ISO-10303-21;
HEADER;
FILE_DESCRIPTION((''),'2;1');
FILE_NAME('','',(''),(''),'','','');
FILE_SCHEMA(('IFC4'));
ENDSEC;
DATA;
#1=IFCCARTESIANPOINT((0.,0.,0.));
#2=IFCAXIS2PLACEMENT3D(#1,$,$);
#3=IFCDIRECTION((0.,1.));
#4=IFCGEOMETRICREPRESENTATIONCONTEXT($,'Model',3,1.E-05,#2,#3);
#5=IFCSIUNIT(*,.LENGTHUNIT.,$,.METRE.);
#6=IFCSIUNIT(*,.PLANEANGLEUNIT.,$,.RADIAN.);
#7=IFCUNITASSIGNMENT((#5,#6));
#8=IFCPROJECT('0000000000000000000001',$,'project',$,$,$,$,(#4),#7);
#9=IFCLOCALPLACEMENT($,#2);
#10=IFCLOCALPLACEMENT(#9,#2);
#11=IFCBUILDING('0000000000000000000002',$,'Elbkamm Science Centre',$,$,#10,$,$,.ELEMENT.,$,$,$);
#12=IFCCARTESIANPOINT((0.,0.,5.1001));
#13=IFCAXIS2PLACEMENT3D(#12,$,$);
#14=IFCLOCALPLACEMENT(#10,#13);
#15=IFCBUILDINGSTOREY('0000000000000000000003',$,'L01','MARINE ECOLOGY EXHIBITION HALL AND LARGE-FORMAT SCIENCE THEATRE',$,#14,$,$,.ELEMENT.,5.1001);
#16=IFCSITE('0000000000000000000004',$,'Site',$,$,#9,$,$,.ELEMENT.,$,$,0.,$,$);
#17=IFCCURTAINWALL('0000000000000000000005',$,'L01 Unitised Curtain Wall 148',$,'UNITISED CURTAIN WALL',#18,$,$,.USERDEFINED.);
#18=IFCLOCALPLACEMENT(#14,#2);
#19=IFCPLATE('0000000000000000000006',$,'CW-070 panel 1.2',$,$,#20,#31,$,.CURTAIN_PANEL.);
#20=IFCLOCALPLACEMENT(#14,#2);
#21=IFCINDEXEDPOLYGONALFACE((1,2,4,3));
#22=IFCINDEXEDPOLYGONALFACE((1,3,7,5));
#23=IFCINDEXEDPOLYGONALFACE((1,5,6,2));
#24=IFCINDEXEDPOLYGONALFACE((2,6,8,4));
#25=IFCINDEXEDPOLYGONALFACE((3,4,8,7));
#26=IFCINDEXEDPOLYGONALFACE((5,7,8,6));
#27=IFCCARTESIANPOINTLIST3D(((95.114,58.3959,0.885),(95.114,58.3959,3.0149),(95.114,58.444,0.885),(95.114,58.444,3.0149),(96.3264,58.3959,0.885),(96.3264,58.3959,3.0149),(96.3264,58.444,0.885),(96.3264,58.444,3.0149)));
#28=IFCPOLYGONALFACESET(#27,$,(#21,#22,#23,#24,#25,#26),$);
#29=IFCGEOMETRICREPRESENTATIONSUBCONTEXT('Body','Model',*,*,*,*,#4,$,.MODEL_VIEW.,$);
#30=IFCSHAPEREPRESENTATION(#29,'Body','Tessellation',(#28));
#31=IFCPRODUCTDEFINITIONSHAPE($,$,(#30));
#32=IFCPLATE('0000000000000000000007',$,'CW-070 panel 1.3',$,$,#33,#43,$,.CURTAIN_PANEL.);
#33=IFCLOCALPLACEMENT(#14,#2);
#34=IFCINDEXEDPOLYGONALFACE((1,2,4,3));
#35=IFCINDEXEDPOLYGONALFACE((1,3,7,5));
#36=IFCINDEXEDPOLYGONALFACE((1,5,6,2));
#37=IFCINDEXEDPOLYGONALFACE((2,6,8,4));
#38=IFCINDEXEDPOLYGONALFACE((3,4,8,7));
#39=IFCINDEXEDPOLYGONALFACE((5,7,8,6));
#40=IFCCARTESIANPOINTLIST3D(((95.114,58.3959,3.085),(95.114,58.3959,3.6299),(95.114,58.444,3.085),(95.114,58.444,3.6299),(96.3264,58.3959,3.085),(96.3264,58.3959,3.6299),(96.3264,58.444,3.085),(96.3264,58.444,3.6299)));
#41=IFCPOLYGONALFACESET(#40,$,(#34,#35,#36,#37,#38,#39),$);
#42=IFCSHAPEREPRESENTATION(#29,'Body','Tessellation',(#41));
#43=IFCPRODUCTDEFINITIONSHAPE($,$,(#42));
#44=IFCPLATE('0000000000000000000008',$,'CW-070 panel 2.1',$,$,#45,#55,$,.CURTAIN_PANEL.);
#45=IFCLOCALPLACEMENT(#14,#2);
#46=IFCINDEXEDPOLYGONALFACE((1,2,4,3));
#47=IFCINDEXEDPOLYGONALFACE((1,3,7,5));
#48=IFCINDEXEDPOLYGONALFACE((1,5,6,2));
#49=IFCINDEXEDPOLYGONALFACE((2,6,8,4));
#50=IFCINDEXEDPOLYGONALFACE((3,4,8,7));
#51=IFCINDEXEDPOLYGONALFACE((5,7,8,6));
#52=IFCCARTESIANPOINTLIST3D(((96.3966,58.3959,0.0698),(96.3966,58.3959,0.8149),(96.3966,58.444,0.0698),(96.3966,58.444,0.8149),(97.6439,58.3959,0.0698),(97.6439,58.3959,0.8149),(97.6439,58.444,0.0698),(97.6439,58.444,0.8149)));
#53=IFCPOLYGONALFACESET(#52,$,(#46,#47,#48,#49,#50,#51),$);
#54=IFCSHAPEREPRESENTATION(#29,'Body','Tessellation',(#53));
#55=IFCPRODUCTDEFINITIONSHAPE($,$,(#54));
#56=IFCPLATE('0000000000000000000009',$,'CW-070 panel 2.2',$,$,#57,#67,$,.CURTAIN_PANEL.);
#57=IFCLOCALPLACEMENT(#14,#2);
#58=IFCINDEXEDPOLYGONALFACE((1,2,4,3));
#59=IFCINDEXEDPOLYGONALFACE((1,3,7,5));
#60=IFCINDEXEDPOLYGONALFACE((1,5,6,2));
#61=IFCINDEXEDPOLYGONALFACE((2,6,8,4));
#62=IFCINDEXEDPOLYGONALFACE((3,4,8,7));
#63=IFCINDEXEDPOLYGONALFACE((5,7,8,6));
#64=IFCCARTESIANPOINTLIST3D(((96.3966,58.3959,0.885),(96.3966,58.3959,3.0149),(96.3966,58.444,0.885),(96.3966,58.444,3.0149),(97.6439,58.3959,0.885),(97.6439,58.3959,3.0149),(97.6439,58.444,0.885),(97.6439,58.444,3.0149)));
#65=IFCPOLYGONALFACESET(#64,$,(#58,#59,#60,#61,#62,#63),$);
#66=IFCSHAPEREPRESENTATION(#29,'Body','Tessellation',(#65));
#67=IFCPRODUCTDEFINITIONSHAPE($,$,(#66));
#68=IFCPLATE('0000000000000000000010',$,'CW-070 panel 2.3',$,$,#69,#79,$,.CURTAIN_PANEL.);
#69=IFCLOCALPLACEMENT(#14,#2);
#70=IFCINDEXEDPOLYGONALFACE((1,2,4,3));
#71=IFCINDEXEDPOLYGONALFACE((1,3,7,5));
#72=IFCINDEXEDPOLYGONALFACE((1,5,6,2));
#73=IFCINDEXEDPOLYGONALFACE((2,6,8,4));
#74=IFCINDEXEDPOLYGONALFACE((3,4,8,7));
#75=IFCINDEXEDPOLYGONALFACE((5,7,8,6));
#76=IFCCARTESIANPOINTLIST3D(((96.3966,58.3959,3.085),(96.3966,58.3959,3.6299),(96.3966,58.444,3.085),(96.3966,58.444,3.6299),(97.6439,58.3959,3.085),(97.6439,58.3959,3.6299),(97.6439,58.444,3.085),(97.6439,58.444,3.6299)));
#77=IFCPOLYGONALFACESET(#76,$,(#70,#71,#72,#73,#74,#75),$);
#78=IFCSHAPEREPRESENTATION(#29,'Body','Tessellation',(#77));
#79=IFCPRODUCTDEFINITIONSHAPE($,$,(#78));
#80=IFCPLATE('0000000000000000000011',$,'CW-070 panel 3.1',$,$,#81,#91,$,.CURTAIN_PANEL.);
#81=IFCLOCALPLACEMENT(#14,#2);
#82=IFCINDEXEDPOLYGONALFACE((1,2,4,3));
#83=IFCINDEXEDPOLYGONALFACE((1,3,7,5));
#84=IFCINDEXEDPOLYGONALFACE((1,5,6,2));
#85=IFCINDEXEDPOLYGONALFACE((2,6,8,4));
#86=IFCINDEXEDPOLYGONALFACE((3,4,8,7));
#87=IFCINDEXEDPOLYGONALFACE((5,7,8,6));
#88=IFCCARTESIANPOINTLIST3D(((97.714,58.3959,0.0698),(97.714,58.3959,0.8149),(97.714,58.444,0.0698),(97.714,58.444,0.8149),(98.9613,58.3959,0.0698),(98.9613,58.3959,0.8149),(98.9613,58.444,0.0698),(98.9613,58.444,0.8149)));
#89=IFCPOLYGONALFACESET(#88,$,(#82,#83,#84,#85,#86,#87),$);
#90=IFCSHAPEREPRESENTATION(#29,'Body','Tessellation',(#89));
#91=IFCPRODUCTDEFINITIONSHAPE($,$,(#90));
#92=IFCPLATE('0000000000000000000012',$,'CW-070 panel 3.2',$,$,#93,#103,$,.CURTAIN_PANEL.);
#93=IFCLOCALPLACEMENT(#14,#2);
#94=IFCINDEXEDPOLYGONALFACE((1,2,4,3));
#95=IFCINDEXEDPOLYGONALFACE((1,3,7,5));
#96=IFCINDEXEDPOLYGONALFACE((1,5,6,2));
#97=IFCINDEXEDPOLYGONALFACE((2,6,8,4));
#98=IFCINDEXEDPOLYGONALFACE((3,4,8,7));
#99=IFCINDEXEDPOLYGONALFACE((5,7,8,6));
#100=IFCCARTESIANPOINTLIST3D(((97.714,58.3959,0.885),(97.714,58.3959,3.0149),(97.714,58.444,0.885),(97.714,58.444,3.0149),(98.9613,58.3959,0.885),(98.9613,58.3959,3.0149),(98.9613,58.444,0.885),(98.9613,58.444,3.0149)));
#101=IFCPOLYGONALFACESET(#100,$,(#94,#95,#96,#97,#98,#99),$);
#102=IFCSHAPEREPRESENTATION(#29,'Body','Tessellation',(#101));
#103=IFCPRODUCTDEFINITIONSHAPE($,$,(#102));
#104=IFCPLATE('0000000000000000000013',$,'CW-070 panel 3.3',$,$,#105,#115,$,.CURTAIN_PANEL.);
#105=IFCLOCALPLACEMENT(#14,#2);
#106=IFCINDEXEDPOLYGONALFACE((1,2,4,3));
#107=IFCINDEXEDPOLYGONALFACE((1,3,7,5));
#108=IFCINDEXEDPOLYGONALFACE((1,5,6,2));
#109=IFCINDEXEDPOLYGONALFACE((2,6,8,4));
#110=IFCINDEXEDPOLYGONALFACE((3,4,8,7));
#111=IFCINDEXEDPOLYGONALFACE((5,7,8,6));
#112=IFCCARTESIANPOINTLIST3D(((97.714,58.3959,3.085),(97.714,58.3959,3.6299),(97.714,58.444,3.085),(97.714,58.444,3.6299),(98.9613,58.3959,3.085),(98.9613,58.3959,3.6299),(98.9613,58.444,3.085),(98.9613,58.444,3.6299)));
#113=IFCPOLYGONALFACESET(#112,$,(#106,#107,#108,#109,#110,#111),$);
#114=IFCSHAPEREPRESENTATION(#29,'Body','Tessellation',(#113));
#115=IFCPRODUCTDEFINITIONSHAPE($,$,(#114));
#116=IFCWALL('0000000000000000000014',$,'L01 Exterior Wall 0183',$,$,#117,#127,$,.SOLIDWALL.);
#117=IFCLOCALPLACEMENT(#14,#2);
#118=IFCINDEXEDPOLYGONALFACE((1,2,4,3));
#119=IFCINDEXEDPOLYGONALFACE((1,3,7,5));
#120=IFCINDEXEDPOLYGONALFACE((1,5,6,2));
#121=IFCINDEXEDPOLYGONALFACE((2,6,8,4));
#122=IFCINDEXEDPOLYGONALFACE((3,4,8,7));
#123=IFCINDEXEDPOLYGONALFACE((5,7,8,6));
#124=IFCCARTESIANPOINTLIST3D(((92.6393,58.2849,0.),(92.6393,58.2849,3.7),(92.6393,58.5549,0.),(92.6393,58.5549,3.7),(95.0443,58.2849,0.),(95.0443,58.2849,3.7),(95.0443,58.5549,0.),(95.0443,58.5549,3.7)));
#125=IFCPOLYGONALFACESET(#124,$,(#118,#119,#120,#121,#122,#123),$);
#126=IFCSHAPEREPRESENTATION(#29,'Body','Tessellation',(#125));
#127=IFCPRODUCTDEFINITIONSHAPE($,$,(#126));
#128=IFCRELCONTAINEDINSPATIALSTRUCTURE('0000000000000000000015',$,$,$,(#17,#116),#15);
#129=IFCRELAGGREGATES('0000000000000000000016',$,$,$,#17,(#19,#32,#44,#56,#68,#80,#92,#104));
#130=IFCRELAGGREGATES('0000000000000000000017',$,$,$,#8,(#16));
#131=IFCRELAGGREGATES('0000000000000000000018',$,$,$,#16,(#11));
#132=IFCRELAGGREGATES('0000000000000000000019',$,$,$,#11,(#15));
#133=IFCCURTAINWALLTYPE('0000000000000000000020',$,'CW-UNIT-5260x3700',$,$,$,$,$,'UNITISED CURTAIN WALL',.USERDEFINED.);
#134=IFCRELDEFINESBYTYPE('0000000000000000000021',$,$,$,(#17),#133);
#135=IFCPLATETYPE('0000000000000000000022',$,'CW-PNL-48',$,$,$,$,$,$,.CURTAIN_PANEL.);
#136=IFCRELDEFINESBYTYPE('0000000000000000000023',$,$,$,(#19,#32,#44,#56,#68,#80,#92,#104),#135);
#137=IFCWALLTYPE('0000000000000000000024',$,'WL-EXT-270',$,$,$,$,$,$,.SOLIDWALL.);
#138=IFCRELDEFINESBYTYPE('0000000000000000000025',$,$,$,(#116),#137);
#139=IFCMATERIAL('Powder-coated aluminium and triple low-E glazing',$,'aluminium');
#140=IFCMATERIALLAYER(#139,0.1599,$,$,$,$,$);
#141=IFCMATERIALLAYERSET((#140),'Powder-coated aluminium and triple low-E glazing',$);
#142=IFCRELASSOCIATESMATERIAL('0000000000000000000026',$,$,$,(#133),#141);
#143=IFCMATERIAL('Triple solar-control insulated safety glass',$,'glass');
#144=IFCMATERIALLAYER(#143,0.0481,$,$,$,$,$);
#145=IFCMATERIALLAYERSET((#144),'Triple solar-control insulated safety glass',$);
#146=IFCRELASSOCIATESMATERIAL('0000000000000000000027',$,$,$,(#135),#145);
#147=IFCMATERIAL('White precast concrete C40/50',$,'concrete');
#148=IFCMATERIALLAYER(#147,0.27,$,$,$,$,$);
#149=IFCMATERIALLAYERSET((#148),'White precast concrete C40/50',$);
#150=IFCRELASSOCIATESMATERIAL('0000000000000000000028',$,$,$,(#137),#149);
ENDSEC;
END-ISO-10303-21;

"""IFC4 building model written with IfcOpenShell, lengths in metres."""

from ifc_helpers import new_model, si_unit, direction, frame, frame_2d, origin, origin_2d, place, context, subcontext, project, spatial, rectangle, extrude, material, layer, layer_set, type_object, element, aggregate, save


model = new_model("IFC4")

# Units and contexts
model_context = context("Model", 3, precision=1e-05, world=origin(), true_north=direction((0.0, 1.0)))
body_context = subcontext(model_context, "Body", "Model", "MODEL_VIEW")
ifc_project = project(units=[si_unit("LENGTHUNIT", "METRE"), si_unit("PLANEANGLEUNIT", "RADIAN")], contexts=[model_context])

# Site, building, storey
site_placement = place(None, origin())
site = spatial("IfcSite", under=ifc_project, at=site_placement, Name="Site", CompositionType="ELEMENT", RefElevation=0.0)
building_placement = place(site_placement, origin())
building = spatial("IfcBuilding", under=site, at=building_placement, Name="Elbkamm Science Centre", CompositionType="ELEMENT")
storey_placement = place(building_placement, frame((0.0, 0.0, 5.1001)))
storey = spatial("IfcBuildingStorey", under=building, at=storey_placement, Name="L01", Description="MARINE ECOLOGY EXHIBITION HALL AND LARGE-FORMAT SCIENCE THEATRE", CompositionType="ELEMENT", Elevation=5.1001)

# Shared definitions
ifc_material_1 = material(Name="Powder-coated aluminium and triple low-E glazing", Category="aluminium")

# Curtain wall
ifc_layer_1 = layer(ifc_material_1, 0.1599)
ifc_layer_set_1 = layer_set([ifc_layer_1], Name="Powder-coated aluminium and triple low-E glazing")
curtain_wall_type_1 = type_object("IfcCurtainWallType", Name="CW-UNIT-5260x3700", ElementType="UNITISED CURTAIN WALL", PredefinedType="USERDEFINED", material=ifc_layer_set_1)
curtain_wall_1_placement = place(storey_placement, origin())
curtain_wall_1 = element("IfcCurtainWall", 1, at=curtain_wall_1_placement, inside=storey, type_object=curtain_wall_type_1, Name="L01 Unitised Curtain Wall 148", ObjectType="UNITISED CURTAIN WALL", PredefinedType="USERDEFINED")

# Plates
ifc_material_2 = material(Name="Triple solar-control insulated safety glass", Category="glass")
ifc_layer_2 = layer(ifc_material_2, 0.0481)
ifc_layer_set_2 = layer_set([ifc_layer_2], Name="Triple solar-control insulated safety glass")
plate_type = type_object("IfcPlateType", Name="CW-PNL-48", PredefinedType="CURTAIN_PANEL", material=ifc_layer_set_2)
plate_1_placement = place(storey_placement, frame((95.7202, 58.4199, 0.885), z_axis=(0.0, 0.0, 1.0), x_axis=(1.0, 0.0, 0.0)))
plate_1 = element("IfcPlate", 2, at=plate_1_placement, type_object=plate_type, Name="CW-070 panel 1.2", PredefinedType="CURTAIN_PANEL", context=body_context, shape_type="SweptSolid", body=[
    extrude(rectangle(XDim=1.2124, YDim=0.0481, at=origin_2d()), origin(), (0.0, 0.0, 1.0), 2.1299),
])
plate_2_placement = place(storey_placement, frame((95.7202, 58.4199, 3.085), z_axis=(0.0, 0.0, 1.0), x_axis=(1.0, 0.0, 0.0)))
plate_2 = element("IfcPlate", 3, at=plate_2_placement, type_object=plate_type, Name="CW-070 panel 1.3", PredefinedType="CURTAIN_PANEL", context=body_context, shape_type="SweptSolid", body=[
    extrude(rectangle(XDim=1.2124, YDim=0.0481, at=origin_2d()), origin(), (0.0, 0.0, 1.0), 0.5449),
])
plate_3_placement = place(storey_placement, frame((97.0203, 58.4199, 0.0698), z_axis=(0.0, 0.0, 1.0), x_axis=(1.0, 0.0, 0.0)))
plate_3 = element("IfcPlate", 4, at=plate_3_placement, type_object=plate_type, Name="CW-070 panel 2.1", PredefinedType="CURTAIN_PANEL", context=body_context, shape_type="SweptSolid", body=[
    extrude(rectangle(XDim=1.2473, YDim=0.0481, at=origin_2d()), origin(), (0.0, 0.0, 1.0), 0.7451),
])
plate_4_placement = place(storey_placement, frame((97.0203, 58.4199, 0.885), z_axis=(0.0, 0.0, 1.0), x_axis=(1.0, 0.0, 0.0)))
plate_4 = element("IfcPlate", 5, at=plate_4_placement, type_object=plate_type, Name="CW-070 panel 2.2", PredefinedType="CURTAIN_PANEL", context=body_context, shape_type="SweptSolid", body=[
    extrude(rectangle(XDim=1.2473, YDim=0.0481, at=origin_2d()), origin(), (0.0, 0.0, 1.0), 2.1299),
])
plate_5_placement = place(storey_placement, frame((97.0203, 58.4199, 3.085), z_axis=(0.0, 0.0, 1.0), x_axis=(1.0, 0.0, 0.0)))
plate_5 = element("IfcPlate", 6, at=plate_5_placement, type_object=plate_type, Name="CW-070 panel 2.3", PredefinedType="CURTAIN_PANEL", context=body_context, shape_type="SweptSolid", body=[
    extrude(rectangle(XDim=1.2473, YDim=0.0481, at=origin_2d()), origin(), (0.0, 0.0, 1.0), 0.5449),
])
plate_6_placement = place(storey_placement, frame((98.3376, 58.4199, 0.0698), z_axis=(0.0, 0.0, 1.0), x_axis=(1.0, 0.0, 0.0)))
plate_6 = element("IfcPlate", 7, at=plate_6_placement, type_object=plate_type, Name="CW-070 panel 3.1", PredefinedType="CURTAIN_PANEL", context=body_context, shape_type="SweptSolid", body=[
    extrude(rectangle(XDim=1.2473, YDim=0.0481, at=origin_2d()), origin(), (0.0, 0.0, 1.0), 0.7451),
])
plate_7_placement = place(storey_placement, frame((98.3376, 58.4199, 0.885), z_axis=(0.0, 0.0, 1.0), x_axis=(1.0, 0.0, 0.0)))
plate_7 = element("IfcPlate", 8, at=plate_7_placement, type_object=plate_type, Name="CW-070 panel 3.2", PredefinedType="CURTAIN_PANEL", context=body_context, shape_type="SweptSolid", body=[
    extrude(rectangle(XDim=1.2473, YDim=0.0481, at=origin_2d()), origin(), (0.0, 0.0, 1.0), 2.1299),
])
plate_8_placement = place(storey_placement, frame((98.3376, 58.4199, 3.085), z_axis=(0.0, 0.0, 1.0), x_axis=(1.0, 0.0, 0.0)))
plate_8 = element("IfcPlate", 9, at=plate_8_placement, type_object=plate_type, Name="CW-070 panel 3.3", PredefinedType="CURTAIN_PANEL", context=body_context, shape_type="SweptSolid", body=[
    extrude(rectangle(XDim=1.2473, YDim=0.0481, at=origin_2d()), origin(), (0.0, 0.0, 1.0), 0.5449),
])
aggregate(curtain_wall_1, [plate_1, plate_2, plate_3, plate_4, plate_5, plate_6, plate_7, plate_8])

# Wall
ifc_material_3 = material(Name="White precast concrete C40/50", Category="concrete")
ifc_layer_3 = layer(ifc_material_3, 0.27)
ifc_layer_set_3 = layer_set([ifc_layer_3], Name="White precast concrete C40/50")
wall_type = type_object("IfcWallType", Name="WL-EXT-270", PredefinedType="SOLIDWALL", material=ifc_layer_set_3)
wall_placement = place(storey_placement, frame((92.6392, 58.4199, 0.0), z_axis=(0.0, 0.0, 1.0), x_axis=(1.0, 0.0, 0.0)))
element("IfcWall", 10, at=wall_placement, inside=storey, type_object=wall_type, Name="L01 Exterior Wall 0183", PredefinedType="SOLIDWALL", context=body_context, shape_type="SweptSolid", body=[
    extrude(rectangle(XDim=2.405, YDim=0.27, at=frame_2d((1.2026, 0.0))), origin(), (0.0, 0.0, 1.0), 3.7),
])

save(model, "model.ifc")
